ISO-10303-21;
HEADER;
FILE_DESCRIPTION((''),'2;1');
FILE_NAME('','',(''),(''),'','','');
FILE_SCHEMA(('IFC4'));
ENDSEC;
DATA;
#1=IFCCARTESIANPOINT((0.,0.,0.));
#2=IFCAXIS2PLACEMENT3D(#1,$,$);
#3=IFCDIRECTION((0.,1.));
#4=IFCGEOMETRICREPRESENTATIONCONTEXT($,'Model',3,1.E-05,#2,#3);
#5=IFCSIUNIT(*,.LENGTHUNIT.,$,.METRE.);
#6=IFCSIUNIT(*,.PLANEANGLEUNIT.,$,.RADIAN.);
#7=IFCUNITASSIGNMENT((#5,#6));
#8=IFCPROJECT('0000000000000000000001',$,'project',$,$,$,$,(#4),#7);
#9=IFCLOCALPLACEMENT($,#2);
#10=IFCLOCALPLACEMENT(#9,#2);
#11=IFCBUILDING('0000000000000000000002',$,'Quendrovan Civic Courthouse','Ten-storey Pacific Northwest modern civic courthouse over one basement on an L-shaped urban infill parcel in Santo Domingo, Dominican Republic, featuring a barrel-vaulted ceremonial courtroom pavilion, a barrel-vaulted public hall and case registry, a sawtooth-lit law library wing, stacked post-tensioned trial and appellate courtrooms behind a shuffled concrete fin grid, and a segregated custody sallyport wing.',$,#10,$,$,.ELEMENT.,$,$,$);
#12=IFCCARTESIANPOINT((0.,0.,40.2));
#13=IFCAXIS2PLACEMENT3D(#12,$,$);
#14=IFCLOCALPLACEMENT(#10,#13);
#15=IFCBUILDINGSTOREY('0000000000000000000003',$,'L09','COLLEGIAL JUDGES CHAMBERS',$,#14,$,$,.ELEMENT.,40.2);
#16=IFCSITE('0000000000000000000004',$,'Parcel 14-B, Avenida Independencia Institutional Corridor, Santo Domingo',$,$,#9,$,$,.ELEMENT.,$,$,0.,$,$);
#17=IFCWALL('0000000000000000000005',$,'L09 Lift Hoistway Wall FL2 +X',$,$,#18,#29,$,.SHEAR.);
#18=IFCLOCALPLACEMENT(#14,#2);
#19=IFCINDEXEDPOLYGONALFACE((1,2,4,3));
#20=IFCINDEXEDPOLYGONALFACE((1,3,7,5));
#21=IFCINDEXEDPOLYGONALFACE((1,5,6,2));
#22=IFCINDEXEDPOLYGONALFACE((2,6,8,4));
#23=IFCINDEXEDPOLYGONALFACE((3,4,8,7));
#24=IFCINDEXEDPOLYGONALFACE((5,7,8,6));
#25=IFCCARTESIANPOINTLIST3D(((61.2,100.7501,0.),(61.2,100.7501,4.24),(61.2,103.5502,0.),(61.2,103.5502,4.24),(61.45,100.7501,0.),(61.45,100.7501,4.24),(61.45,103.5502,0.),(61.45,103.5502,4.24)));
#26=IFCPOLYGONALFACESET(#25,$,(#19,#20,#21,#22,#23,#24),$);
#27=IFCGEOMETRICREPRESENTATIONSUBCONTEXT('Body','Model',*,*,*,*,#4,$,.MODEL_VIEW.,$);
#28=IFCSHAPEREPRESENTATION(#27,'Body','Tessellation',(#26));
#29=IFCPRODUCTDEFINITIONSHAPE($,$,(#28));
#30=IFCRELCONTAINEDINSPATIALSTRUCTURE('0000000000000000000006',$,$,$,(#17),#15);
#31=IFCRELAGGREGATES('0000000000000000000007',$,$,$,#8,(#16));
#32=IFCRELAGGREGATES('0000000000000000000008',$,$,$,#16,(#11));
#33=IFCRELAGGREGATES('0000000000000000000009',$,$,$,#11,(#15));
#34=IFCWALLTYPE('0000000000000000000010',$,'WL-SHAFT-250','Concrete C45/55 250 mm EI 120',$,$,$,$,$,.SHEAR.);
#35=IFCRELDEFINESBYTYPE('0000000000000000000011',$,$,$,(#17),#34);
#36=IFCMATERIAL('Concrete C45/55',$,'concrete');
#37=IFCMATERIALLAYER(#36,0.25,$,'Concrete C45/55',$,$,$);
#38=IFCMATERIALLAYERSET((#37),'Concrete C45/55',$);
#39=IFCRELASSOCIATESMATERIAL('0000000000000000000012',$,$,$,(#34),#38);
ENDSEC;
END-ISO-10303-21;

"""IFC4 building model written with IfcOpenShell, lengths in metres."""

from ifc_helpers import new_model, si_unit, direction, frame, frame_2d, origin, place, context, subcontext, project, spatial, rectangle, extrude, material, layer, layer_set, type_object, element, save


model = new_model("IFC4")

# Units and contexts
model_context = context("Model", 3, precision=1e-05, world=origin(), true_north=direction((0.0, 1.0)))
body_context = subcontext(model_context, "Body", "Model", "MODEL_VIEW")
ifc_project = project(units=[si_unit("LENGTHUNIT", "METRE"), si_unit("PLANEANGLEUNIT", "RADIAN")], contexts=[model_context])

# Site, building, storey
site_placement = place(None, origin())
site = spatial("IfcSite", under=ifc_project, at=site_placement, Name="Parcel 14-B, Avenida Independencia Institutional Corridor, Santo Domingo", CompositionType="ELEMENT", RefElevation=0.0)
building_placement = place(site_placement, origin())
building = spatial("IfcBuilding", under=site, at=building_placement, Name="Quendrovan Civic Courthouse", Description="Ten-storey Pacific Northwest modern civic courthouse over one basement on an L-shaped urban infill parcel in Santo Domingo, Dominican Republic, featuring a barrel-vaulted ceremonial courtroom pavilion, a barrel-vaulted public hall and case registry, a sawtooth-lit law library wing, stacked post-tensioned trial and appellate courtrooms behind a shuffled concrete fin grid, and a segregated custody sallyport wing.", CompositionType="ELEMENT")
storey_placement = place(building_placement, frame((0.0, 0.0, 40.2)))
storey = spatial("IfcBuildingStorey", under=building, at=storey_placement, Name="L09", Description="COLLEGIAL JUDGES CHAMBERS", CompositionType="ELEMENT", Elevation=40.2)

# Shared definitions
ifc_material_1 = material(Name="Concrete C45/55", Category="concrete")

# Wall
ifc_layer_1 = layer(ifc_material_1, 0.25, Name="Concrete C45/55")
ifc_layer_set_1 = layer_set([ifc_layer_1], Name="Concrete C45/55")
wall_type_1 = type_object("IfcWallType", Name="WL-SHAFT-250", Description="Concrete C45/55 250 mm EI 120", PredefinedType="SHEAR", material=ifc_layer_set_1)
wall_1_placement = place(storey_placement, frame((61.325, 103.55, 0.0), z_axis=(0.0, 0.0, 1.0), x_axis=(0.0, -1.0, 0.0)))
element("IfcWall", 1, at=wall_1_placement, inside=storey, type_object=wall_type_1, Name="L09 Lift Hoistway Wall FL2 +X", PredefinedType="SHEAR", context=body_context, shape_type="SweptSolid", body=[
    extrude(rectangle(XDim=2.8, YDim=0.25, at=frame_2d((1.3999, 0.0))), origin(), (0.0, 0.0, 1.0), 4.24),
])

save(model, "model.ifc")
